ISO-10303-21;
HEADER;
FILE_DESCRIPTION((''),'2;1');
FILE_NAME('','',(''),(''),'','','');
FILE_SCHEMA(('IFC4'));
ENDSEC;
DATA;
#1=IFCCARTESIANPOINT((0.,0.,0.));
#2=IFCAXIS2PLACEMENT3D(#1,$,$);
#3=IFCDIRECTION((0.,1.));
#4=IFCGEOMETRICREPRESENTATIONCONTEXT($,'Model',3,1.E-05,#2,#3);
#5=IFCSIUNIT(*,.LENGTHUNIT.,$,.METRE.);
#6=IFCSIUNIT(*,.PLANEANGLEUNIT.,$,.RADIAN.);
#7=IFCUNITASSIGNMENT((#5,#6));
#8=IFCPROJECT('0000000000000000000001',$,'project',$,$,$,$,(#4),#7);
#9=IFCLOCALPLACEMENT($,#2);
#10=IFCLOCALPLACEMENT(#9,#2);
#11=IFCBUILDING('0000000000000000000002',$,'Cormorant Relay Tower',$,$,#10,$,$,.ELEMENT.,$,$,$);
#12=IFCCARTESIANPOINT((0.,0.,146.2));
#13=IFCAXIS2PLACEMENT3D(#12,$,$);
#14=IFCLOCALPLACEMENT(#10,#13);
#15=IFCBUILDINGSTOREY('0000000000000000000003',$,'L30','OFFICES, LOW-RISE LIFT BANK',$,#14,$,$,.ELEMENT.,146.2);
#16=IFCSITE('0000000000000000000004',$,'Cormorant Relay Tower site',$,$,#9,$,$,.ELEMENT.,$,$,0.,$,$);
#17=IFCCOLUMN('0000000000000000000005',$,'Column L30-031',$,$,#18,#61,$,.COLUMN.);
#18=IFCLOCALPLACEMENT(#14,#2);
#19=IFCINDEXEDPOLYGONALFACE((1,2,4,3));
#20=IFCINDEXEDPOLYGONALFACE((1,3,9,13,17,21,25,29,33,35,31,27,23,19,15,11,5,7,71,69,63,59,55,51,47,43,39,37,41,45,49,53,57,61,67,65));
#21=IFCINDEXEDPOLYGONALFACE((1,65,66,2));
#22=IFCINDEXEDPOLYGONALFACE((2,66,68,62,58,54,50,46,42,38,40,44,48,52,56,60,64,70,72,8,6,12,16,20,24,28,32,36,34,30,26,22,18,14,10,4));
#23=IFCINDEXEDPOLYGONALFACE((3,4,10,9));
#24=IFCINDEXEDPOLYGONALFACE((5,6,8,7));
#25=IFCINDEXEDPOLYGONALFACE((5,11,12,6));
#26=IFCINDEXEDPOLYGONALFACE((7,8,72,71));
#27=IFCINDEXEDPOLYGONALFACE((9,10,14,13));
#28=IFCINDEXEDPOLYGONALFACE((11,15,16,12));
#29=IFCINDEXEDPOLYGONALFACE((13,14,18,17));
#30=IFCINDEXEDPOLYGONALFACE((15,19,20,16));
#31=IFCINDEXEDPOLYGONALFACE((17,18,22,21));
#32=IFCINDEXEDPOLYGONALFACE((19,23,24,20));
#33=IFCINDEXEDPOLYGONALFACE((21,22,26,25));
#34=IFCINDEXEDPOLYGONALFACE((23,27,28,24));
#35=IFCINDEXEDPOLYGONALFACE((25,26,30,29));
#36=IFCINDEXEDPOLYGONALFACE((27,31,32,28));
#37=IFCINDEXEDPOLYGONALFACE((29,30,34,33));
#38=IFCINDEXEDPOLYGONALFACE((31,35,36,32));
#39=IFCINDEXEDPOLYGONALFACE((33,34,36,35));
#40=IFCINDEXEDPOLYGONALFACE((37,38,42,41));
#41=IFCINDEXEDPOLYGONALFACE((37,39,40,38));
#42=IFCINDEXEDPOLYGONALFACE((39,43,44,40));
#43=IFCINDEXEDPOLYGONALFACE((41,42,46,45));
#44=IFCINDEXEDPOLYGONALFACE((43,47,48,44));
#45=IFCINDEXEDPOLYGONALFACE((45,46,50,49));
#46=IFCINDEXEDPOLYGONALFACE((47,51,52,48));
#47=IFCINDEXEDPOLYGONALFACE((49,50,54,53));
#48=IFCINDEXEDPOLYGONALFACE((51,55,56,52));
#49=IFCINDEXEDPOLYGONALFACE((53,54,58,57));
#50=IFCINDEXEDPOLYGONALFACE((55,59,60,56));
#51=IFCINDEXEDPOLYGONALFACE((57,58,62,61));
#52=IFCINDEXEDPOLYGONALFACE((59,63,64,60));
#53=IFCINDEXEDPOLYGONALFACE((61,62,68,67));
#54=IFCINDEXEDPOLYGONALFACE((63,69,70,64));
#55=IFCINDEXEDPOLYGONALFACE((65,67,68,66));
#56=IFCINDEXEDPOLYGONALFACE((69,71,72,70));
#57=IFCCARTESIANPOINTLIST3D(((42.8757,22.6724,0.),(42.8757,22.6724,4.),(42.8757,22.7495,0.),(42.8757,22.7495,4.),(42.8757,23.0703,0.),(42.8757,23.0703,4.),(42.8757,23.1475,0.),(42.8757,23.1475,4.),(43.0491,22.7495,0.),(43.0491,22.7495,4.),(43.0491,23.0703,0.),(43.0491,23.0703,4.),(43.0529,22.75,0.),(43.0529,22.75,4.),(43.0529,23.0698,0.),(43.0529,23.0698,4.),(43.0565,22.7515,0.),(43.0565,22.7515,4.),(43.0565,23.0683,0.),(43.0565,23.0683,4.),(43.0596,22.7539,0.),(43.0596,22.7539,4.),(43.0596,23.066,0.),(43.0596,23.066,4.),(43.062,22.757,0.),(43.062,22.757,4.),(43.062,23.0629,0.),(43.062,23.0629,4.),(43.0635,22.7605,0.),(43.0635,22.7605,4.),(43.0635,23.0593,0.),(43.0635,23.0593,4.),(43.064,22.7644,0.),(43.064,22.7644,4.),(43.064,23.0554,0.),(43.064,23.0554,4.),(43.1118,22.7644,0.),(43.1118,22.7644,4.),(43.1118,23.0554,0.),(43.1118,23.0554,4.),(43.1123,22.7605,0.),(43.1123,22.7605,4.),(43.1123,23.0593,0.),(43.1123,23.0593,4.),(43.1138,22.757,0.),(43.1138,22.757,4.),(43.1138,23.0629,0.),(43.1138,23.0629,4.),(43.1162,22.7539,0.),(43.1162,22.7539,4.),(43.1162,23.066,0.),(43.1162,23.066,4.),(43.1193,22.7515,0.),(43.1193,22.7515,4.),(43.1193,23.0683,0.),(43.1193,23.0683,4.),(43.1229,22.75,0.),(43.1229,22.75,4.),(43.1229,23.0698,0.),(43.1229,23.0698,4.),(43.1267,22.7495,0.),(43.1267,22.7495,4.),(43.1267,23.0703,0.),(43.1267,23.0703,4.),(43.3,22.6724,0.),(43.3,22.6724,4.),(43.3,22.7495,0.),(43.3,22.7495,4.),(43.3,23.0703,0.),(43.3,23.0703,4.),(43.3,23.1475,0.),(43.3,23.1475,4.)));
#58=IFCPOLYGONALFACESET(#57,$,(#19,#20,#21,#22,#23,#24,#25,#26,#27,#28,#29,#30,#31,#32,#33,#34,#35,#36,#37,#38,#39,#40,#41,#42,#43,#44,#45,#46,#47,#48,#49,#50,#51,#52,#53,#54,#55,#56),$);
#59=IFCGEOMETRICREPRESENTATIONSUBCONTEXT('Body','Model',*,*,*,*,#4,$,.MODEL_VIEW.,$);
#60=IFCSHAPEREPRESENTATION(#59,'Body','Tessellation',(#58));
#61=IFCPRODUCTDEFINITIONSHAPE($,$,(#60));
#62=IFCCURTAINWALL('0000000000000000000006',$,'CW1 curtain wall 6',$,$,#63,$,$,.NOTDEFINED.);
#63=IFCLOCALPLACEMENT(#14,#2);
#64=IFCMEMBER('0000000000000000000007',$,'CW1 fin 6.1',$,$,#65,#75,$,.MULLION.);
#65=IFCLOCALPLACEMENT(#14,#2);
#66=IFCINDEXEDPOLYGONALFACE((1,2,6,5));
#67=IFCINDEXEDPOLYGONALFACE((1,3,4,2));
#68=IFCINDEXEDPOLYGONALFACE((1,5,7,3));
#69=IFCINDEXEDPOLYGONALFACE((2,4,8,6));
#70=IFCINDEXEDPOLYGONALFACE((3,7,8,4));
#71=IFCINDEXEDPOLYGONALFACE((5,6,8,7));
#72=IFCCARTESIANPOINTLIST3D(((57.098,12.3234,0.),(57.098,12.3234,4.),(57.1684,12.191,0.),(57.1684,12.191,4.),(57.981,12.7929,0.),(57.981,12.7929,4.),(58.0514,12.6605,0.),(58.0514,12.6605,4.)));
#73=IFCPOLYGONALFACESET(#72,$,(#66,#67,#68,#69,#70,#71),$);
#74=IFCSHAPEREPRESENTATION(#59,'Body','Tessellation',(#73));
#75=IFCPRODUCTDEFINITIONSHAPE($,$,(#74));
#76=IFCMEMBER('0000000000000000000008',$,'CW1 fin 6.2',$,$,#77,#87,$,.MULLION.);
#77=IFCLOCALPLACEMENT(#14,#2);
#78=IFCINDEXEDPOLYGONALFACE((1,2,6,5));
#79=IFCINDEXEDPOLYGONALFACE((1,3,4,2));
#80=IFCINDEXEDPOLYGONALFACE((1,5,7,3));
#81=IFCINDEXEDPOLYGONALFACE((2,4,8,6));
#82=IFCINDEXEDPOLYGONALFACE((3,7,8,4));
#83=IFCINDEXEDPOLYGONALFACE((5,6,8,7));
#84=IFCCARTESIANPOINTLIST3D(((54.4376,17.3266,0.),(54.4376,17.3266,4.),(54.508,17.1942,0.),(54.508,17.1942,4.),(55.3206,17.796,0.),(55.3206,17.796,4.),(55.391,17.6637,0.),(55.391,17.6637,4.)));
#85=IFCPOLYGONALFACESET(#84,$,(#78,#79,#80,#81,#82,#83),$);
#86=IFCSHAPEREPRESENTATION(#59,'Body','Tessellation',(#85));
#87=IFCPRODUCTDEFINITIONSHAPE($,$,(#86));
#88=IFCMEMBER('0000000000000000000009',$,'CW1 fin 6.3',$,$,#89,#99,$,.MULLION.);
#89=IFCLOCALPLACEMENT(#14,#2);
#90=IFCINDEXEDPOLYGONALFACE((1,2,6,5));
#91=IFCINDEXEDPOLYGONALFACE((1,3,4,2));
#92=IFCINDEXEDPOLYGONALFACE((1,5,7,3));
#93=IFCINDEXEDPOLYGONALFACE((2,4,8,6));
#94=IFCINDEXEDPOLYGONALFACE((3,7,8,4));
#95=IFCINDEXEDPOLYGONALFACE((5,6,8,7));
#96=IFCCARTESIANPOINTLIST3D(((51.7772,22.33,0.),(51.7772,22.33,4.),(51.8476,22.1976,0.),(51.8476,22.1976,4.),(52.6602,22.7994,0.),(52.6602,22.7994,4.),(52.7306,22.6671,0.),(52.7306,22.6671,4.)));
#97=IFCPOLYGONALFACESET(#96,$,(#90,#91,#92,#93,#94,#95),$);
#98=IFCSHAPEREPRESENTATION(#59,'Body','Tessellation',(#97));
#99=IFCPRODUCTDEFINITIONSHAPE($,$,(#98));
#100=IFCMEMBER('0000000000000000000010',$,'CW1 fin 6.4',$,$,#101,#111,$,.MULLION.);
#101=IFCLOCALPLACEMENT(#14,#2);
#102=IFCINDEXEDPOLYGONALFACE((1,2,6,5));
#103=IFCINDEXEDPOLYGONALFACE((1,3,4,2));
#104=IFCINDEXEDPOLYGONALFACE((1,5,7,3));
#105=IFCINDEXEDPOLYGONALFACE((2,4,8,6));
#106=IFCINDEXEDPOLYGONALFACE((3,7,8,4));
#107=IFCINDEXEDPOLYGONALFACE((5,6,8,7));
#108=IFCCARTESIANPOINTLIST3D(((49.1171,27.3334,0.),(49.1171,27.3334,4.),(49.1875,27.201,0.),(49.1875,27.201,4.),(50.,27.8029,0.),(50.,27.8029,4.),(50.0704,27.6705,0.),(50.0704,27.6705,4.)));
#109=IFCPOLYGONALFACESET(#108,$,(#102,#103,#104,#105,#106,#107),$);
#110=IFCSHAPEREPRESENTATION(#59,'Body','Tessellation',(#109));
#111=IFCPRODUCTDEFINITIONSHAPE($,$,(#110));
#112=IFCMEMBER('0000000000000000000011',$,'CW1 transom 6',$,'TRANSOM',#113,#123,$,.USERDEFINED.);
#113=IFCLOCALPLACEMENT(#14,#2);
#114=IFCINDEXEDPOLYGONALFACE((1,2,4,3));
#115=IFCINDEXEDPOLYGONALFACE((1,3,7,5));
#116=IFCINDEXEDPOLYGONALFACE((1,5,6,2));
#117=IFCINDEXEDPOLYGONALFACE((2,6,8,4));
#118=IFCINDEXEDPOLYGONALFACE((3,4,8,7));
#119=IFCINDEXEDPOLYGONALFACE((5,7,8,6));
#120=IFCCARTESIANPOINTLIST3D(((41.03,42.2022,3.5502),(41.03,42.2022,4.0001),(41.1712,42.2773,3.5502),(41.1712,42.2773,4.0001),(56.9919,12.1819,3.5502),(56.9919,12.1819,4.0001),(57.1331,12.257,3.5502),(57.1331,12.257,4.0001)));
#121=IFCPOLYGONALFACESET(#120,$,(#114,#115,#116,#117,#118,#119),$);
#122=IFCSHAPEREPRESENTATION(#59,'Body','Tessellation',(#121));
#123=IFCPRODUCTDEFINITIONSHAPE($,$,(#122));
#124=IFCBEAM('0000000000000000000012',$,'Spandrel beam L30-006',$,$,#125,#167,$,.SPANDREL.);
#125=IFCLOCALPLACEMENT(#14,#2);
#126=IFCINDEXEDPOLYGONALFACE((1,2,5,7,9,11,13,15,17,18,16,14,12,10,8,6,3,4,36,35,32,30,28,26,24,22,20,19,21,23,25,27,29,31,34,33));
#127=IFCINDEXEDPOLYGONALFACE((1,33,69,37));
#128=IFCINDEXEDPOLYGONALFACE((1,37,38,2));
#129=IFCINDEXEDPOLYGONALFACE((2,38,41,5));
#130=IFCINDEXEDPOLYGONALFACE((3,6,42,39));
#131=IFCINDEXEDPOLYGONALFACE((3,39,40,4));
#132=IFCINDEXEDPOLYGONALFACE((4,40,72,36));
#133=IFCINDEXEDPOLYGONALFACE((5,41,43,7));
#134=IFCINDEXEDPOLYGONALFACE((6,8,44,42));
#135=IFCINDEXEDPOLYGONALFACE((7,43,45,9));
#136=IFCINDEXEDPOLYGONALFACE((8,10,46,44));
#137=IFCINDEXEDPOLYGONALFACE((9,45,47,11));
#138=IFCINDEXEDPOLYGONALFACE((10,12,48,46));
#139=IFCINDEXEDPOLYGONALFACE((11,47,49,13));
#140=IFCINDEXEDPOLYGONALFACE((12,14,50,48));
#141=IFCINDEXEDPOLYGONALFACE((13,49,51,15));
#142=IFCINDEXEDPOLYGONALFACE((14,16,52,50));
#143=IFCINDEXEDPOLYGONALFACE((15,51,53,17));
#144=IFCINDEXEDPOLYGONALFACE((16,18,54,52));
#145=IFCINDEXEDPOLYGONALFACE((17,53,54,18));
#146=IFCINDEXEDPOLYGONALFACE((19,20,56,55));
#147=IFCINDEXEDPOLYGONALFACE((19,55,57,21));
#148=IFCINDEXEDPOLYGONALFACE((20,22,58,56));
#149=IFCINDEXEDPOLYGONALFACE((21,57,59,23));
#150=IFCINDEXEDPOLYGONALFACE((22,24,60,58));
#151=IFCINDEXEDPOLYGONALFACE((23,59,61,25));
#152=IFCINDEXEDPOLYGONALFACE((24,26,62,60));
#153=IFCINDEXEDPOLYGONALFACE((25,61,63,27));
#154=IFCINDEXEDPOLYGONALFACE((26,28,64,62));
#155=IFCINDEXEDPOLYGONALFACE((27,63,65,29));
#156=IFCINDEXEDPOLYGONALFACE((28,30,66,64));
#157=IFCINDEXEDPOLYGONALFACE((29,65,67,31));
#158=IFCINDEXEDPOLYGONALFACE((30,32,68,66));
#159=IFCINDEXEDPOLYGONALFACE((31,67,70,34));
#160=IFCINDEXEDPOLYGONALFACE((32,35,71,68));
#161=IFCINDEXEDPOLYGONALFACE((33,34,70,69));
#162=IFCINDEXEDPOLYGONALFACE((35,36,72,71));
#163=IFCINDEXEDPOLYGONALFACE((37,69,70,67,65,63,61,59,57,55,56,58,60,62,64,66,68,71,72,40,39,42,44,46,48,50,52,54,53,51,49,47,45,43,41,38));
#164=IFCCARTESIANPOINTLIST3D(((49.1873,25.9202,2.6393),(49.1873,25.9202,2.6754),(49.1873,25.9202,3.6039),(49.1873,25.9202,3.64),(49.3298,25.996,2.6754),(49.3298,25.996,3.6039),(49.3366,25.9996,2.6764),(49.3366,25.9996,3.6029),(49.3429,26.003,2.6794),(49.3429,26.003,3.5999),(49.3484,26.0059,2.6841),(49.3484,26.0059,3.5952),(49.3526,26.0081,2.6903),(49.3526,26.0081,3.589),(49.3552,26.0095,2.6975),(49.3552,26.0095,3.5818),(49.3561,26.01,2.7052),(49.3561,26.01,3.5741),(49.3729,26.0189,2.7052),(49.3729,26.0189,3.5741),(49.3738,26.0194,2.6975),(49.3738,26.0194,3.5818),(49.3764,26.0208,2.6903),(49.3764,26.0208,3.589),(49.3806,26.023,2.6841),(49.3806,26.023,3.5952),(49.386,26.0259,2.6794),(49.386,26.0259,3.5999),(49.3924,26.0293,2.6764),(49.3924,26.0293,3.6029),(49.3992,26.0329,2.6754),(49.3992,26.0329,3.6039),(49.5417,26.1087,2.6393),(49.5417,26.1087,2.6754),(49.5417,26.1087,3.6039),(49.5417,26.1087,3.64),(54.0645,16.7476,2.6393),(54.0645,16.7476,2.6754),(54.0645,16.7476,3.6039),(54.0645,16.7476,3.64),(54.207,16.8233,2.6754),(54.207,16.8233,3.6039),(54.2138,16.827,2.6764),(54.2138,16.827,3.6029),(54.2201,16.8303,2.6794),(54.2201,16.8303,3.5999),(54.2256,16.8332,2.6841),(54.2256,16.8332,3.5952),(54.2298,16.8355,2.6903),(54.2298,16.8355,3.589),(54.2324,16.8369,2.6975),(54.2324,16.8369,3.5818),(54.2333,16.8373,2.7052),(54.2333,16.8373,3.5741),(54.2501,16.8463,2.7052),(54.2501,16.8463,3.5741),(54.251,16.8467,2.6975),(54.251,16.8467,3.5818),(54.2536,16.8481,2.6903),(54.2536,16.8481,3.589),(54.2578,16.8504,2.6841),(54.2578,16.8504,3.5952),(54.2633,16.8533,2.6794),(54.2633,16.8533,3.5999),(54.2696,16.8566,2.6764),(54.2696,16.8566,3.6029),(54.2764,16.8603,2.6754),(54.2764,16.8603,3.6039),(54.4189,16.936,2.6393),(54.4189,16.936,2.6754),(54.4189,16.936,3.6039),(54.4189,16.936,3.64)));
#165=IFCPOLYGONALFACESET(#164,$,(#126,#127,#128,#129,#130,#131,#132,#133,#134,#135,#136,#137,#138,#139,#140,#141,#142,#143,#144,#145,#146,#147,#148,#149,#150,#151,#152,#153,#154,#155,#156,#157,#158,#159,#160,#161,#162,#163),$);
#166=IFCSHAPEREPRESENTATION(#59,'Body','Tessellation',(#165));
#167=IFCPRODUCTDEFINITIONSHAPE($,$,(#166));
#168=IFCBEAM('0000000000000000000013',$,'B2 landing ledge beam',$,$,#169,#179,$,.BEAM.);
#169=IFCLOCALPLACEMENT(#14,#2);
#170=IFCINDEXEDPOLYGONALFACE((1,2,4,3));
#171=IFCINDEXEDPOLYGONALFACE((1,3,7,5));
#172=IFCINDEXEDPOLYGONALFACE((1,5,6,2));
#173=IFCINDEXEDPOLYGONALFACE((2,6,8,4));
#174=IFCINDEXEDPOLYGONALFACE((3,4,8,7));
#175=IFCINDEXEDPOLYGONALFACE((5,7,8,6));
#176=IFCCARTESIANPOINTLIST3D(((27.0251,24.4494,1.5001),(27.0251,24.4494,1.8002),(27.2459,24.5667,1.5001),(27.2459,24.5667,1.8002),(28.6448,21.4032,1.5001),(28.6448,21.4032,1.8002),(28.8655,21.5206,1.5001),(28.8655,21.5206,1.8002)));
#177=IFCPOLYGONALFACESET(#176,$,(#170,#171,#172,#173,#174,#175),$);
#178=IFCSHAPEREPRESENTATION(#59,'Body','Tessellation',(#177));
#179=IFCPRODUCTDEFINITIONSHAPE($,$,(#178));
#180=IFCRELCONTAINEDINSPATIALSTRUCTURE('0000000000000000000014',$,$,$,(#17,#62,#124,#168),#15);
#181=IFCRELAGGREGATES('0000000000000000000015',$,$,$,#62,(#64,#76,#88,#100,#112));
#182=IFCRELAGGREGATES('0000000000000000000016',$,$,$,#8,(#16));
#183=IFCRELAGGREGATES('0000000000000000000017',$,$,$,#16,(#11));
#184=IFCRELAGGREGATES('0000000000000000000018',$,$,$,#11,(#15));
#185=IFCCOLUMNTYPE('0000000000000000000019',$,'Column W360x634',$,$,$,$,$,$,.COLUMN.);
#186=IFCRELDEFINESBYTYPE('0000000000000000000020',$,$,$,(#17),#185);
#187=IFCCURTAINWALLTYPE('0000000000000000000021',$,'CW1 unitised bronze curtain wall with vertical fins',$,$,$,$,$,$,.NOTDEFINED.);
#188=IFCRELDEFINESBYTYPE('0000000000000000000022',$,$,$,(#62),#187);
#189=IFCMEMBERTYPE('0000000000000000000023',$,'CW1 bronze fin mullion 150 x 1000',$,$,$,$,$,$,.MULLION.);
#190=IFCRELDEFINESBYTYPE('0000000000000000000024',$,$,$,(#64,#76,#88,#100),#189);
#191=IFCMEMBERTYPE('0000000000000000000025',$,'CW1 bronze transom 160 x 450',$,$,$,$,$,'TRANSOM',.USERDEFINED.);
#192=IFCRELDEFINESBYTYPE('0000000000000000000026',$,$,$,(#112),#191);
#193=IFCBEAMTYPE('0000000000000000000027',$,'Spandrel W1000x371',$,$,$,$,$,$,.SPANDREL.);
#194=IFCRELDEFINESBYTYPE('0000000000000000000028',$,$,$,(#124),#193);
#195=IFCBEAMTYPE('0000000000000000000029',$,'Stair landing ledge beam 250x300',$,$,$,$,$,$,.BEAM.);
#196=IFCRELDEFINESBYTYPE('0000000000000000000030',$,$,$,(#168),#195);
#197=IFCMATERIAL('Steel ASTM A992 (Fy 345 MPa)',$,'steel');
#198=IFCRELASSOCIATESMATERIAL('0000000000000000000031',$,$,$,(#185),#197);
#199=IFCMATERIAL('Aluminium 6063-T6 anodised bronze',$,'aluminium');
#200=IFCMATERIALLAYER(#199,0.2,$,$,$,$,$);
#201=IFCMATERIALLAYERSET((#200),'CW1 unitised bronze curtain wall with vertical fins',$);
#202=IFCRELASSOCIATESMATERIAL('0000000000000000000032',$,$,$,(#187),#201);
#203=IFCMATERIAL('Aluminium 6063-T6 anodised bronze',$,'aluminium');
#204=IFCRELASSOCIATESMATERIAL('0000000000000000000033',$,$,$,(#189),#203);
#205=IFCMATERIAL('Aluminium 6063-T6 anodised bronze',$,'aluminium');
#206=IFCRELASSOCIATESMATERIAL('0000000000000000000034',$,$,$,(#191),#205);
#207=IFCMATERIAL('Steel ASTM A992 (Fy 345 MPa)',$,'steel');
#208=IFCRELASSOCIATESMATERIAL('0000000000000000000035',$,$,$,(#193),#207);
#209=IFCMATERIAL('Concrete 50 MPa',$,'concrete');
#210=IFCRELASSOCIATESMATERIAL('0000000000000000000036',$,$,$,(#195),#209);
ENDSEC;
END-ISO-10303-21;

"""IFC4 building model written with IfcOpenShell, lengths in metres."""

from ifc_helpers import new_model, si_unit, direction, frame, origin, origin_2d, place, context, subcontext, project, spatial, rectangle, i_section, extrude, material, layer, layer_set, material_profile, profile_set, type_object, element, aggregate, save


model = new_model("IFC4")

# Units and contexts
model_context = context("Model", 3, precision=1e-05, world=origin(), true_north=direction((0.0, 1.0)))
body_context = subcontext(model_context, "Body", "Model", "MODEL_VIEW")
ifc_project = project(units=[si_unit("LENGTHUNIT", "METRE"), si_unit("PLANEANGLEUNIT", "RADIAN")], contexts=[model_context])

# Site, building, storey
site_placement = place(None, origin())
site = spatial("IfcSite", under=ifc_project, at=site_placement, Name="Cormorant Relay Tower site", CompositionType="ELEMENT", RefElevation=0.0)
building_placement = place(site_placement, origin())
building = spatial("IfcBuilding", under=site, at=building_placement, Name="Cormorant Relay Tower", CompositionType="ELEMENT")
storey_placement = place(building_placement, frame((0.0, 0.0, 146.2)))
storey = spatial("IfcBuildingStorey", under=building, at=storey_placement, Name="L30", Description="OFFICES, LOW-RISE LIFT BANK", CompositionType="ELEMENT", Elevation=146.2)

# Column
ifc_material_1 = material(Name="Steel ASTM A992 (Fy 345 MPa)", Category="steel")
ifc_material_profile_1 = material_profile(ifc_material_1, i_section(OverallWidth=0.4243, OverallDepth=0.4751, WebThickness=0.0479, FlangeThickness=0.0771, FilletRadius=0.0149, at=origin_2d()), Name="W360x634")
ifc_profile_set_1 = profile_set([ifc_material_profile_1], Name="Steel ASTM A992 (Fy 345 MPa)")
column_type_1 = type_object("IfcColumnType", Name="Column W360x634", PredefinedType="COLUMN", material=ifc_profile_set_1)
for number, where, z_axis, x_axis, name in (
    (1, (43.0879, 22.9099, 0.0), (0.0, 0.0, 1.0), (1.0, 0.0, 0.0), "Column L30-031"),
):
    element("IfcColumn", number, at=place(storey_placement, frame(where, z_axis=z_axis, x_axis=x_axis)), inside=storey, type_object=column_type_1, Name=name, PredefinedType="COLUMN", context=body_context, shape_type="SweptSolid", body=[
        extrude(i_section(OverallWidth=0.4243, OverallDepth=0.4751, WebThickness=0.0479, FlangeThickness=0.0771, FilletRadius=0.0149, at=origin_2d()), origin(), (0.0, 0.0, 1.0), 4.0),
    ])

# Curtain wall, members
ifc_material_2 = material(Name="Aluminium 6063-T6 anodised bronze", Category="aluminium")
ifc_layer_1 = layer(ifc_material_2, 0.2)
ifc_layer_set_1 = layer_set([ifc_layer_1], Name="CW1 unitised bronze curtain wall with vertical fins")
curtain_wall_type = type_object("IfcCurtainWallType", Name="CW1 unitised bronze curtain wall with vertical fins", PredefinedType="NOTDEFINED", material=ifc_layer_set_1)
curtain_wall_1_placement = place(storey_placement, origin())
curtain_wall_1 = element("IfcCurtainWall", 2, at=curtain_wall_1_placement, inside=storey, type_object=curtain_wall_type, Name="CW1 curtain wall 6", PredefinedType="NOTDEFINED")
ifc_material_3 = material(Name="Aluminium 6063-T6 anodised bronze", Category="aluminium")
ifc_material_profile_2 = material_profile(ifc_material_3, rectangle(XDim=0.1499, YDim=1.0, at=origin_2d()), Name="AL 150x1000")
ifc_profile_set_2 = profile_set([ifc_material_profile_2], Name="Aluminium 6063-T6 anodised bronze")
member_type_1 = type_object("IfcMemberType", Name="CW1 bronze fin mullion 150 x 1000", PredefinedType="MULLION", material=ifc_profile_set_2)
member_1_placement = place(storey_placement, frame((57.5747, 12.4919, 0.0), z_axis=(0.0, 0.0, 1.0), x_axis=(-0.469472, 0.882948, 0.0)))
member_1 = element("IfcMember", 3, at=member_1_placement, type_object=member_type_1, Name="CW1 fin 6.1", PredefinedType="MULLION", context=body_context, shape_type="SweptSolid", body=[
    extrude(rectangle(XDim=0.1499, YDim=1.0, at=origin_2d()), origin(), (0.0, 0.0, 1.0), 4.0),
])
member_2_placement = place(storey_placement, frame((54.9143, 17.4951, 0.0), z_axis=(0.0, 0.0, 1.0), x_axis=(-0.469472, 0.882948, 0.0)))
member_2 = element("IfcMember", 4, at=member_2_placement, type_object=member_type_1, Name="CW1 fin 6.2", PredefinedType="MULLION", context=body_context, shape_type="SweptSolid", body=[
    extrude(rectangle(XDim=0.1499, YDim=1.0, at=origin_2d()), origin(), (0.0, 0.0, 1.0), 4.0),
])
member_3_placement = place(storey_placement, frame((52.2539, 22.4985, 0.0), z_axis=(0.0, 0.0, 1.0), x_axis=(-0.469472, 0.882948, 0.0)))
member_3 = element("IfcMember", 5, at=member_3_placement, type_object=member_type_1, Name="CW1 fin 6.3", PredefinedType="MULLION", context=body_context, shape_type="SweptSolid", body=[
    extrude(rectangle(XDim=0.1499, YDim=1.0, at=origin_2d()), origin(), (0.0, 0.0, 1.0), 4.0),
])
member_4_placement = place(storey_placement, frame((49.5938, 27.502, 0.0), z_axis=(0.0, 0.0, 1.0), x_axis=(-0.469472, 0.882948, 0.0)))
member_4 = element("IfcMember", 6, at=member_4_placement, type_object=member_type_1, Name="CW1 fin 6.4", PredefinedType="MULLION", context=body_context, shape_type="SweptSolid", body=[
    extrude(rectangle(XDim=0.1499, YDim=1.0, at=origin_2d()), origin(), (0.0, 0.0, 1.0), 4.0),
])
ifc_material_4 = material(Name="Aluminium 6063-T6 anodised bronze", Category="aluminium")
ifc_material_profile_3 = material_profile(ifc_material_4, rectangle(XDim=0.1599, YDim=0.45, at=origin_2d()), Name="AL 160x450")
ifc_profile_set_3 = profile_set([ifc_material_profile_3], Name="Aluminium 6063-T6 anodised bronze")
member_type_2 = type_object("IfcMemberType", Name="CW1 bronze transom 160 x 450", ElementType="TRANSOM", PredefinedType="USERDEFINED", material=ifc_profile_set_3)
member_5_placement = place(storey_placement, frame((57.0625, 12.2195, 3.7751), z_axis=(-0.469468, 0.882949, 0.0), x_axis=(-0.882949, -0.469468, 0.0)))
member_5 = element("IfcMember", 7, at=member_5_placement, type_object=member_type_2, Name="CW1 transom 6", ObjectType="TRANSOM", PredefinedType="USERDEFINED", context=body_context, shape_type="SweptSolid", body=[
    extrude(rectangle(XDim=0.1599, YDim=0.45, at=origin_2d()), origin(), (0.0, 0.0, 1.0), 34.0),
])

# Beams
ifc_material_5 = material(Name="Steel ASTM A992 (Fy 345 MPa)", Category="steel")
ifc_material_profile_4 = material_profile(ifc_material_5, i_section(OverallWidth=0.4014, OverallDepth=1.0007, WebThickness=0.019, FlangeThickness=0.0361, FilletRadius=0.0298, at=origin_2d()), Name="W1000x371")
ifc_profile_set_4 = profile_set([ifc_material_profile_4], Name="Steel ASTM A992 (Fy 345 MPa)")
beam_type_1 = type_object("IfcBeamType", Name="Spandrel W1000x371", PredefinedType="SPANDREL", material=ifc_profile_set_4)
beam_1_placement = place(storey_placement, frame((54.2417, 16.8418, 3.1396), z_axis=(-0.469474, 0.882946, 0.0), x_axis=(-0.882946, -0.469474, 0.0)))
element("IfcBeam", 8, at=beam_1_placement, inside=storey, type_object=beam_type_1, Name="Spandrel beam L30-006", PredefinedType="SPANDREL", context=body_context, shape_type="SweptSolid", body=[
    extrude(i_section(OverallWidth=0.4014, OverallDepth=1.0007, WebThickness=0.019, FlangeThickness=0.0361, FilletRadius=0.0298, at=origin_2d()), origin(), (0.0, 0.0, 1.0), 10.3887),
])
ifc_material_6 = material(Name="Concrete 50 MPa", Category="concrete")
ifc_material_profile_5 = material_profile(ifc_material_6, rectangle(XDim=0.25, YDim=0.3, at=origin_2d()), Name="RC 250x300")
ifc_profile_set_5 = profile_set([ifc_material_profile_5], Name="Concrete 50 MPa")
beam_type_2 = type_object("IfcBeamType", Name="Stair landing ledge beam 250x300", PredefinedType="BEAM", material=ifc_profile_set_5)
beam_2_placement = place(storey_placement, frame((28.7551, 21.4619, 1.6501), z_axis=(-0.469464, 0.882952, 0.0), x_axis=(-0.882952, -0.469464, 0.0)))
element("IfcBeam", 9, at=beam_2_placement, inside=storey, type_object=beam_type_2, Name="B2 landing ledge beam", PredefinedType="BEAM", context=body_context, shape_type="SweptSolid", body=[
    extrude(rectangle(XDim=0.25, YDim=0.3, at=origin_2d()), origin(), (0.0, 0.0, 1.0), 3.45),
])

aggregate(curtain_wall_1, [member_1, member_2, member_3, member_4, member_5])

save(model, "model.ifc")
